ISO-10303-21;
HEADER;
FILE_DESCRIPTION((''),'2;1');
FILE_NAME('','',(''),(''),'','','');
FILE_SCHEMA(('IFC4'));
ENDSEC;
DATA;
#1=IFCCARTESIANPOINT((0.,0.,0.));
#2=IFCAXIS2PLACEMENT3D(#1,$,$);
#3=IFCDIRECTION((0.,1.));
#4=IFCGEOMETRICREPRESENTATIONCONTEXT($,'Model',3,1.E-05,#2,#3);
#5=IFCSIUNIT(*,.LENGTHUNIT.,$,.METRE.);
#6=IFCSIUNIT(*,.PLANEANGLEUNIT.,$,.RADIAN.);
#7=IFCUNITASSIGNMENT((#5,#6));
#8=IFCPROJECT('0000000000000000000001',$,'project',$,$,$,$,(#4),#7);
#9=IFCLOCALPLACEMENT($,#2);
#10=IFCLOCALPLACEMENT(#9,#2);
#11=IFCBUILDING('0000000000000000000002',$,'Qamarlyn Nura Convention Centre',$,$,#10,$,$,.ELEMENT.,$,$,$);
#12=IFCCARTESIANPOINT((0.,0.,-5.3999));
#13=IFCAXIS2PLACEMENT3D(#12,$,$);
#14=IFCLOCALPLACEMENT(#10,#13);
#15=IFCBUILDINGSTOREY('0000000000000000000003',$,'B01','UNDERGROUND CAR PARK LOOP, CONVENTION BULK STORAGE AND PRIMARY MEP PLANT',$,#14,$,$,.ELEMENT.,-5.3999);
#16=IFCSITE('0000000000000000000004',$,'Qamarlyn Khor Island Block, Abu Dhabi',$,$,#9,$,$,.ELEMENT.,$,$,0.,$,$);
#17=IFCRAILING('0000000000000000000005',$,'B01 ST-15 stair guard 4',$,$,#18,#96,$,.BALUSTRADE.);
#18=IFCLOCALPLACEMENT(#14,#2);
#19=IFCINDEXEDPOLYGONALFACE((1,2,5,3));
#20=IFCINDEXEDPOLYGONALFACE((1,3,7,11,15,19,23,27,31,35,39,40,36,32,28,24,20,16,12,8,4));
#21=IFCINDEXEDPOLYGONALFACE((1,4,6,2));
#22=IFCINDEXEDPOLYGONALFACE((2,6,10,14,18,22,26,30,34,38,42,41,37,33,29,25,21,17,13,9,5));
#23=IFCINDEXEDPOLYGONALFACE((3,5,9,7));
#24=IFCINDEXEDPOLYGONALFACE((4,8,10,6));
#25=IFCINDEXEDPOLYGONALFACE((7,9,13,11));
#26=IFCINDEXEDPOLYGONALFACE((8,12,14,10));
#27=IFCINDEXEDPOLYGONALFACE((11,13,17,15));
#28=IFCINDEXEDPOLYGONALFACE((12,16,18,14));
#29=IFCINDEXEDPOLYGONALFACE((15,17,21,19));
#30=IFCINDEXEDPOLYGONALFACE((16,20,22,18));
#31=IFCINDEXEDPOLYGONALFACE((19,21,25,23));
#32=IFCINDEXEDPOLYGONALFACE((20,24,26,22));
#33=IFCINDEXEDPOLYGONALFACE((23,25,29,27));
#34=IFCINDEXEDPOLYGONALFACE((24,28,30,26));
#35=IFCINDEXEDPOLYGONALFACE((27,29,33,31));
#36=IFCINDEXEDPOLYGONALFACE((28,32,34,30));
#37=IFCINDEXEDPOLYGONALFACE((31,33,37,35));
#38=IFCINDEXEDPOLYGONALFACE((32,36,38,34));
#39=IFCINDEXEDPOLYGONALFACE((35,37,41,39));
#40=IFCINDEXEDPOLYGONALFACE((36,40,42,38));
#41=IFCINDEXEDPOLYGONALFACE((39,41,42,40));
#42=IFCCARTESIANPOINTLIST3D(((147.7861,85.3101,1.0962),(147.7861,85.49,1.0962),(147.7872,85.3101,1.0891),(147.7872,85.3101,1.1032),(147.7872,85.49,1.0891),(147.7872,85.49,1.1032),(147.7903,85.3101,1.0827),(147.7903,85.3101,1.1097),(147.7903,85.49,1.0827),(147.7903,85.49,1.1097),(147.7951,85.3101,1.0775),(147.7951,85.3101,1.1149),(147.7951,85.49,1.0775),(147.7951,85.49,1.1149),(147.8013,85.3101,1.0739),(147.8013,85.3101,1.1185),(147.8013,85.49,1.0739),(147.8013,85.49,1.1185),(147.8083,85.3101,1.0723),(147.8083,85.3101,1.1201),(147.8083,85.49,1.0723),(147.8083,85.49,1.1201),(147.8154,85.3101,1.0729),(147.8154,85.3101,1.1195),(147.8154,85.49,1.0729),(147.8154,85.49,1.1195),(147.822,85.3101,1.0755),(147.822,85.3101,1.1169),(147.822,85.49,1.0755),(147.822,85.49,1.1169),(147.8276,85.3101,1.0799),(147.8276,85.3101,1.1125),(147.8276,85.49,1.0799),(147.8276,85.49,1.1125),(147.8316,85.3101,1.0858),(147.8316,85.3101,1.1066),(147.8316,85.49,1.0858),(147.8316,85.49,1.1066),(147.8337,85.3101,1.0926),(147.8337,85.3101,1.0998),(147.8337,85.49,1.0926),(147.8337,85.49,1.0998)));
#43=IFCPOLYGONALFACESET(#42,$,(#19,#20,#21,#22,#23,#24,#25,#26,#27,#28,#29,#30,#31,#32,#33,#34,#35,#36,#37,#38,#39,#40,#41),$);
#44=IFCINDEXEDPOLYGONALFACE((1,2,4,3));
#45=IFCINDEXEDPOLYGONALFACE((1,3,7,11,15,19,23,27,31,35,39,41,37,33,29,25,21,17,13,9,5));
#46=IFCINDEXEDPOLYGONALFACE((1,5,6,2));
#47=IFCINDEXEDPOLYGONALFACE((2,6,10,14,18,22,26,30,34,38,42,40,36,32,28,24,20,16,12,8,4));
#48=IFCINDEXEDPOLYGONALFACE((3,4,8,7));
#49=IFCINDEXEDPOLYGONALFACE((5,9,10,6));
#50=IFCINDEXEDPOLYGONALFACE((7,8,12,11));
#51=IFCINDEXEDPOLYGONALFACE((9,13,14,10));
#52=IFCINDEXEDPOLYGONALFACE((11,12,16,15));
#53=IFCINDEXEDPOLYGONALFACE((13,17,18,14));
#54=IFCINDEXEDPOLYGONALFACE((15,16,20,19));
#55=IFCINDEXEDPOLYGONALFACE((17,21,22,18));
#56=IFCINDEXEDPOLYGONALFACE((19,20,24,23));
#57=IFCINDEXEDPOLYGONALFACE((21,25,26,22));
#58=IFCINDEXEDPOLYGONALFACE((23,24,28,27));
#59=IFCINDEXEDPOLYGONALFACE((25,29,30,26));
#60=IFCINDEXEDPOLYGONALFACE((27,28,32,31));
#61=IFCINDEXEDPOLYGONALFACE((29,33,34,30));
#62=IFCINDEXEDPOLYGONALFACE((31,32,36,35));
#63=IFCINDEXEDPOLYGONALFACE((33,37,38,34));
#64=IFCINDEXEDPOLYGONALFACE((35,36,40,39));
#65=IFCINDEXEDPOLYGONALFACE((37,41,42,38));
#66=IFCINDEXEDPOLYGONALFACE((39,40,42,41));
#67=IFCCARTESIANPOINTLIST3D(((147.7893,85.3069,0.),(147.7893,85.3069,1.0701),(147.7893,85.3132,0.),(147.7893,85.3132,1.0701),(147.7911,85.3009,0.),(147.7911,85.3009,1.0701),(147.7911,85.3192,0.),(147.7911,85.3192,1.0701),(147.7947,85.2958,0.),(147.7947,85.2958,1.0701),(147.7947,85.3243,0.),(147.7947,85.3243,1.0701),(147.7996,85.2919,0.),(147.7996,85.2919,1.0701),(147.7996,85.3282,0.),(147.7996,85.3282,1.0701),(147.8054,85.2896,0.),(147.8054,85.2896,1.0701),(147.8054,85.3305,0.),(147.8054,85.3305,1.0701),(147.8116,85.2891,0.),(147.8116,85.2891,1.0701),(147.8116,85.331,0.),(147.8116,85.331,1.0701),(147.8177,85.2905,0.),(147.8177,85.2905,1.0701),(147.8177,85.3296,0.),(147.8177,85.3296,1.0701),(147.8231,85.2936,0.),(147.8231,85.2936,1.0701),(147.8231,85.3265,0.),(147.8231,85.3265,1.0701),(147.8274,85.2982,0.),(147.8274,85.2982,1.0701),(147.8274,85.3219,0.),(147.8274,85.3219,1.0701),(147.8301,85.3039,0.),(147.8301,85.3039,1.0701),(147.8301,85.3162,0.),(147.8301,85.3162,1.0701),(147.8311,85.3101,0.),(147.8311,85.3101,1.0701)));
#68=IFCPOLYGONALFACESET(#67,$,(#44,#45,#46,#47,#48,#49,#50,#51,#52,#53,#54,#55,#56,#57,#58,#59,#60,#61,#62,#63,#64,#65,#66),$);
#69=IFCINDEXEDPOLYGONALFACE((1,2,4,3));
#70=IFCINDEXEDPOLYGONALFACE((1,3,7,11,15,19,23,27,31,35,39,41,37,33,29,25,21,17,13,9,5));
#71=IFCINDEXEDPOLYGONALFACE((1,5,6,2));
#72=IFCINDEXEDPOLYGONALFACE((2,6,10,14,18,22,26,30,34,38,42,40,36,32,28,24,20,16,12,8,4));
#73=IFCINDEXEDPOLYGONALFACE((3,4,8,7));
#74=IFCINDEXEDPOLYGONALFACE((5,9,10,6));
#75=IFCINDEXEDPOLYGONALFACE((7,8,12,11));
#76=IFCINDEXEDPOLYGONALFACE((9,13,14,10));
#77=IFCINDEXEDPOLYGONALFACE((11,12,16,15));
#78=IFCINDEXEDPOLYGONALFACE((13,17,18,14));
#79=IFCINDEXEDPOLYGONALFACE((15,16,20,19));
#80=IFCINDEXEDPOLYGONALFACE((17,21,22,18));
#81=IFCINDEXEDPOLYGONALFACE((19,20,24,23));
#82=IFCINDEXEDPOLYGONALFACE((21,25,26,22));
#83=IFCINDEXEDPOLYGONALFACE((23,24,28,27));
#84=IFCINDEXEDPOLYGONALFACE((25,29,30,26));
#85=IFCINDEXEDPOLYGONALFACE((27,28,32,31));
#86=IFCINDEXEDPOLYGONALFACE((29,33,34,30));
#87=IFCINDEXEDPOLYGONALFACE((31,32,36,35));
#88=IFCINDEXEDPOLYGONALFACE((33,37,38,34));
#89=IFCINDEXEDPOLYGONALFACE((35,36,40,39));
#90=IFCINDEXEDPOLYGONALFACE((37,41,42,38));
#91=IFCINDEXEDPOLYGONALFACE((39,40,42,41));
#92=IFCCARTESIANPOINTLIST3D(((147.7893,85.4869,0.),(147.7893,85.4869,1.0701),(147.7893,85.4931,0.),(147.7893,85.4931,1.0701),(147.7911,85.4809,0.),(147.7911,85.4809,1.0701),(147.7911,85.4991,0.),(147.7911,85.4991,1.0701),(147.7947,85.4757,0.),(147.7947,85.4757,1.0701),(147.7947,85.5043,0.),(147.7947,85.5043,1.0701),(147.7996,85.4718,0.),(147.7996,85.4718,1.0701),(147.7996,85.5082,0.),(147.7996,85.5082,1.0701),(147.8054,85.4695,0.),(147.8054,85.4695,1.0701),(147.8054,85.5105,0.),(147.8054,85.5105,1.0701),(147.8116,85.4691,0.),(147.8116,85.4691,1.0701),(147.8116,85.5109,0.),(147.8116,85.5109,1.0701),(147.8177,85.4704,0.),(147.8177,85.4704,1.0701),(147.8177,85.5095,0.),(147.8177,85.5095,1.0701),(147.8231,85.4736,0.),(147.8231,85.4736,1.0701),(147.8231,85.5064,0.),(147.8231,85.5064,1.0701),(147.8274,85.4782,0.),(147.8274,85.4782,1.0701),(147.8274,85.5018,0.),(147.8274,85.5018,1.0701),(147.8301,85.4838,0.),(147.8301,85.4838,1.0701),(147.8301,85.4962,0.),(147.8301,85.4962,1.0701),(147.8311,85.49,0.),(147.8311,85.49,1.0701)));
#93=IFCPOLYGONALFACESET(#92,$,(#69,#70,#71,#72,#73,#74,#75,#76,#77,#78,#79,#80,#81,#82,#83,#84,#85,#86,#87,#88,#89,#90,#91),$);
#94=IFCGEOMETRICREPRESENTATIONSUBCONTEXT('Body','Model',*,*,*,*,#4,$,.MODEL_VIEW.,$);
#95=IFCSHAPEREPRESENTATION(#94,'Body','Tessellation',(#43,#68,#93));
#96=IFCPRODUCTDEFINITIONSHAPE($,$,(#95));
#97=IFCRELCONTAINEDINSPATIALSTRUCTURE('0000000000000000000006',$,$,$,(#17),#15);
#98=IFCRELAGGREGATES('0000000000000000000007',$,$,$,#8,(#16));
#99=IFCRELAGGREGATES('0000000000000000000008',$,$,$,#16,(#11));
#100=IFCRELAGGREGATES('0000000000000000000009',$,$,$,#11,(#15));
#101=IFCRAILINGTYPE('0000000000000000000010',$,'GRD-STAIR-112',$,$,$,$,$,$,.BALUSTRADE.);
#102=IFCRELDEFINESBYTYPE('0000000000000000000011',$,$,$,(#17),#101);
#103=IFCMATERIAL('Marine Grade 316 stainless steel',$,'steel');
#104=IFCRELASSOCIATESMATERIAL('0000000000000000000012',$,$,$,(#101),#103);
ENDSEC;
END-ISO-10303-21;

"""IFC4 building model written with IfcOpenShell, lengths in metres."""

from ifc_helpers import new_model, si_unit, direction, frame, origin, origin_2d, place, context, subcontext, project, spatial, circle, extrude, material, type_object, element, save


model = new_model("IFC4")

# Units and contexts
model_context = context("Model", 3, precision=1e-05, world=origin(), true_north=direction((0.0, 1.0)))
body_context = subcontext(model_context, "Body", "Model", "MODEL_VIEW")
ifc_project = project(units=[si_unit("LENGTHUNIT", "METRE"), si_unit("PLANEANGLEUNIT", "RADIAN")], contexts=[model_context])

# Site, building, storey
site_placement = place(None, origin())
site = spatial("IfcSite", under=ifc_project, at=site_placement, Name="Qamarlyn Khor Island Block, Abu Dhabi", CompositionType="ELEMENT", RefElevation=0.0)
building_placement = place(site_placement, origin())
building = spatial("IfcBuilding", under=site, at=building_placement, Name="Qamarlyn Nura Convention Centre", CompositionType="ELEMENT")
storey_placement = place(building_placement, frame((0.0, 0.0, -5.3999)))
storey = spatial("IfcBuildingStorey", under=building, at=storey_placement, Name="B01", Description="UNDERGROUND CAR PARK LOOP, CONVENTION BULK STORAGE AND PRIMARY MEP PLANT", CompositionType="ELEMENT", Elevation=-5.3999)

# Railing
ifc_material_1 = material(Name="Marine Grade 316 stainless steel", Category="steel")
railing_type_1 = type_object("IfcRailingType", Name="GRD-STAIR-112", PredefinedType="BALUSTRADE", material=ifc_material_1)
railing_1_placement = place(storey_placement, frame((147.8101, 85.3101, 0.0)))
element("IfcRailing", 1, at=railing_1_placement, inside=storey, type_object=railing_type_1, Name="B01 ST-15 stair guard 4", PredefinedType="BALUSTRADE", context=body_context, shape_type="SweptSolid", body=[
    extrude(circle(Radius=0.0239, at=origin_2d()), frame((0.0, 0.0, 1.0962), z_axis=(0.0, 1.0, 0.0), x_axis=(-1.0, 0.0, 0.0)), (0.0, 0.0, 1.0), 0.1799),
    extrude(circle(Radius=0.021, at=origin_2d()), origin(), (0.0, 0.0, 1.0), 1.0701),
    extrude(circle(Radius=0.021, at=origin_2d()), frame((0.0, 0.1799, 0.0)), (0.0, 0.0, 1.0), 1.0701),
])

save(model, "model.ifc")
